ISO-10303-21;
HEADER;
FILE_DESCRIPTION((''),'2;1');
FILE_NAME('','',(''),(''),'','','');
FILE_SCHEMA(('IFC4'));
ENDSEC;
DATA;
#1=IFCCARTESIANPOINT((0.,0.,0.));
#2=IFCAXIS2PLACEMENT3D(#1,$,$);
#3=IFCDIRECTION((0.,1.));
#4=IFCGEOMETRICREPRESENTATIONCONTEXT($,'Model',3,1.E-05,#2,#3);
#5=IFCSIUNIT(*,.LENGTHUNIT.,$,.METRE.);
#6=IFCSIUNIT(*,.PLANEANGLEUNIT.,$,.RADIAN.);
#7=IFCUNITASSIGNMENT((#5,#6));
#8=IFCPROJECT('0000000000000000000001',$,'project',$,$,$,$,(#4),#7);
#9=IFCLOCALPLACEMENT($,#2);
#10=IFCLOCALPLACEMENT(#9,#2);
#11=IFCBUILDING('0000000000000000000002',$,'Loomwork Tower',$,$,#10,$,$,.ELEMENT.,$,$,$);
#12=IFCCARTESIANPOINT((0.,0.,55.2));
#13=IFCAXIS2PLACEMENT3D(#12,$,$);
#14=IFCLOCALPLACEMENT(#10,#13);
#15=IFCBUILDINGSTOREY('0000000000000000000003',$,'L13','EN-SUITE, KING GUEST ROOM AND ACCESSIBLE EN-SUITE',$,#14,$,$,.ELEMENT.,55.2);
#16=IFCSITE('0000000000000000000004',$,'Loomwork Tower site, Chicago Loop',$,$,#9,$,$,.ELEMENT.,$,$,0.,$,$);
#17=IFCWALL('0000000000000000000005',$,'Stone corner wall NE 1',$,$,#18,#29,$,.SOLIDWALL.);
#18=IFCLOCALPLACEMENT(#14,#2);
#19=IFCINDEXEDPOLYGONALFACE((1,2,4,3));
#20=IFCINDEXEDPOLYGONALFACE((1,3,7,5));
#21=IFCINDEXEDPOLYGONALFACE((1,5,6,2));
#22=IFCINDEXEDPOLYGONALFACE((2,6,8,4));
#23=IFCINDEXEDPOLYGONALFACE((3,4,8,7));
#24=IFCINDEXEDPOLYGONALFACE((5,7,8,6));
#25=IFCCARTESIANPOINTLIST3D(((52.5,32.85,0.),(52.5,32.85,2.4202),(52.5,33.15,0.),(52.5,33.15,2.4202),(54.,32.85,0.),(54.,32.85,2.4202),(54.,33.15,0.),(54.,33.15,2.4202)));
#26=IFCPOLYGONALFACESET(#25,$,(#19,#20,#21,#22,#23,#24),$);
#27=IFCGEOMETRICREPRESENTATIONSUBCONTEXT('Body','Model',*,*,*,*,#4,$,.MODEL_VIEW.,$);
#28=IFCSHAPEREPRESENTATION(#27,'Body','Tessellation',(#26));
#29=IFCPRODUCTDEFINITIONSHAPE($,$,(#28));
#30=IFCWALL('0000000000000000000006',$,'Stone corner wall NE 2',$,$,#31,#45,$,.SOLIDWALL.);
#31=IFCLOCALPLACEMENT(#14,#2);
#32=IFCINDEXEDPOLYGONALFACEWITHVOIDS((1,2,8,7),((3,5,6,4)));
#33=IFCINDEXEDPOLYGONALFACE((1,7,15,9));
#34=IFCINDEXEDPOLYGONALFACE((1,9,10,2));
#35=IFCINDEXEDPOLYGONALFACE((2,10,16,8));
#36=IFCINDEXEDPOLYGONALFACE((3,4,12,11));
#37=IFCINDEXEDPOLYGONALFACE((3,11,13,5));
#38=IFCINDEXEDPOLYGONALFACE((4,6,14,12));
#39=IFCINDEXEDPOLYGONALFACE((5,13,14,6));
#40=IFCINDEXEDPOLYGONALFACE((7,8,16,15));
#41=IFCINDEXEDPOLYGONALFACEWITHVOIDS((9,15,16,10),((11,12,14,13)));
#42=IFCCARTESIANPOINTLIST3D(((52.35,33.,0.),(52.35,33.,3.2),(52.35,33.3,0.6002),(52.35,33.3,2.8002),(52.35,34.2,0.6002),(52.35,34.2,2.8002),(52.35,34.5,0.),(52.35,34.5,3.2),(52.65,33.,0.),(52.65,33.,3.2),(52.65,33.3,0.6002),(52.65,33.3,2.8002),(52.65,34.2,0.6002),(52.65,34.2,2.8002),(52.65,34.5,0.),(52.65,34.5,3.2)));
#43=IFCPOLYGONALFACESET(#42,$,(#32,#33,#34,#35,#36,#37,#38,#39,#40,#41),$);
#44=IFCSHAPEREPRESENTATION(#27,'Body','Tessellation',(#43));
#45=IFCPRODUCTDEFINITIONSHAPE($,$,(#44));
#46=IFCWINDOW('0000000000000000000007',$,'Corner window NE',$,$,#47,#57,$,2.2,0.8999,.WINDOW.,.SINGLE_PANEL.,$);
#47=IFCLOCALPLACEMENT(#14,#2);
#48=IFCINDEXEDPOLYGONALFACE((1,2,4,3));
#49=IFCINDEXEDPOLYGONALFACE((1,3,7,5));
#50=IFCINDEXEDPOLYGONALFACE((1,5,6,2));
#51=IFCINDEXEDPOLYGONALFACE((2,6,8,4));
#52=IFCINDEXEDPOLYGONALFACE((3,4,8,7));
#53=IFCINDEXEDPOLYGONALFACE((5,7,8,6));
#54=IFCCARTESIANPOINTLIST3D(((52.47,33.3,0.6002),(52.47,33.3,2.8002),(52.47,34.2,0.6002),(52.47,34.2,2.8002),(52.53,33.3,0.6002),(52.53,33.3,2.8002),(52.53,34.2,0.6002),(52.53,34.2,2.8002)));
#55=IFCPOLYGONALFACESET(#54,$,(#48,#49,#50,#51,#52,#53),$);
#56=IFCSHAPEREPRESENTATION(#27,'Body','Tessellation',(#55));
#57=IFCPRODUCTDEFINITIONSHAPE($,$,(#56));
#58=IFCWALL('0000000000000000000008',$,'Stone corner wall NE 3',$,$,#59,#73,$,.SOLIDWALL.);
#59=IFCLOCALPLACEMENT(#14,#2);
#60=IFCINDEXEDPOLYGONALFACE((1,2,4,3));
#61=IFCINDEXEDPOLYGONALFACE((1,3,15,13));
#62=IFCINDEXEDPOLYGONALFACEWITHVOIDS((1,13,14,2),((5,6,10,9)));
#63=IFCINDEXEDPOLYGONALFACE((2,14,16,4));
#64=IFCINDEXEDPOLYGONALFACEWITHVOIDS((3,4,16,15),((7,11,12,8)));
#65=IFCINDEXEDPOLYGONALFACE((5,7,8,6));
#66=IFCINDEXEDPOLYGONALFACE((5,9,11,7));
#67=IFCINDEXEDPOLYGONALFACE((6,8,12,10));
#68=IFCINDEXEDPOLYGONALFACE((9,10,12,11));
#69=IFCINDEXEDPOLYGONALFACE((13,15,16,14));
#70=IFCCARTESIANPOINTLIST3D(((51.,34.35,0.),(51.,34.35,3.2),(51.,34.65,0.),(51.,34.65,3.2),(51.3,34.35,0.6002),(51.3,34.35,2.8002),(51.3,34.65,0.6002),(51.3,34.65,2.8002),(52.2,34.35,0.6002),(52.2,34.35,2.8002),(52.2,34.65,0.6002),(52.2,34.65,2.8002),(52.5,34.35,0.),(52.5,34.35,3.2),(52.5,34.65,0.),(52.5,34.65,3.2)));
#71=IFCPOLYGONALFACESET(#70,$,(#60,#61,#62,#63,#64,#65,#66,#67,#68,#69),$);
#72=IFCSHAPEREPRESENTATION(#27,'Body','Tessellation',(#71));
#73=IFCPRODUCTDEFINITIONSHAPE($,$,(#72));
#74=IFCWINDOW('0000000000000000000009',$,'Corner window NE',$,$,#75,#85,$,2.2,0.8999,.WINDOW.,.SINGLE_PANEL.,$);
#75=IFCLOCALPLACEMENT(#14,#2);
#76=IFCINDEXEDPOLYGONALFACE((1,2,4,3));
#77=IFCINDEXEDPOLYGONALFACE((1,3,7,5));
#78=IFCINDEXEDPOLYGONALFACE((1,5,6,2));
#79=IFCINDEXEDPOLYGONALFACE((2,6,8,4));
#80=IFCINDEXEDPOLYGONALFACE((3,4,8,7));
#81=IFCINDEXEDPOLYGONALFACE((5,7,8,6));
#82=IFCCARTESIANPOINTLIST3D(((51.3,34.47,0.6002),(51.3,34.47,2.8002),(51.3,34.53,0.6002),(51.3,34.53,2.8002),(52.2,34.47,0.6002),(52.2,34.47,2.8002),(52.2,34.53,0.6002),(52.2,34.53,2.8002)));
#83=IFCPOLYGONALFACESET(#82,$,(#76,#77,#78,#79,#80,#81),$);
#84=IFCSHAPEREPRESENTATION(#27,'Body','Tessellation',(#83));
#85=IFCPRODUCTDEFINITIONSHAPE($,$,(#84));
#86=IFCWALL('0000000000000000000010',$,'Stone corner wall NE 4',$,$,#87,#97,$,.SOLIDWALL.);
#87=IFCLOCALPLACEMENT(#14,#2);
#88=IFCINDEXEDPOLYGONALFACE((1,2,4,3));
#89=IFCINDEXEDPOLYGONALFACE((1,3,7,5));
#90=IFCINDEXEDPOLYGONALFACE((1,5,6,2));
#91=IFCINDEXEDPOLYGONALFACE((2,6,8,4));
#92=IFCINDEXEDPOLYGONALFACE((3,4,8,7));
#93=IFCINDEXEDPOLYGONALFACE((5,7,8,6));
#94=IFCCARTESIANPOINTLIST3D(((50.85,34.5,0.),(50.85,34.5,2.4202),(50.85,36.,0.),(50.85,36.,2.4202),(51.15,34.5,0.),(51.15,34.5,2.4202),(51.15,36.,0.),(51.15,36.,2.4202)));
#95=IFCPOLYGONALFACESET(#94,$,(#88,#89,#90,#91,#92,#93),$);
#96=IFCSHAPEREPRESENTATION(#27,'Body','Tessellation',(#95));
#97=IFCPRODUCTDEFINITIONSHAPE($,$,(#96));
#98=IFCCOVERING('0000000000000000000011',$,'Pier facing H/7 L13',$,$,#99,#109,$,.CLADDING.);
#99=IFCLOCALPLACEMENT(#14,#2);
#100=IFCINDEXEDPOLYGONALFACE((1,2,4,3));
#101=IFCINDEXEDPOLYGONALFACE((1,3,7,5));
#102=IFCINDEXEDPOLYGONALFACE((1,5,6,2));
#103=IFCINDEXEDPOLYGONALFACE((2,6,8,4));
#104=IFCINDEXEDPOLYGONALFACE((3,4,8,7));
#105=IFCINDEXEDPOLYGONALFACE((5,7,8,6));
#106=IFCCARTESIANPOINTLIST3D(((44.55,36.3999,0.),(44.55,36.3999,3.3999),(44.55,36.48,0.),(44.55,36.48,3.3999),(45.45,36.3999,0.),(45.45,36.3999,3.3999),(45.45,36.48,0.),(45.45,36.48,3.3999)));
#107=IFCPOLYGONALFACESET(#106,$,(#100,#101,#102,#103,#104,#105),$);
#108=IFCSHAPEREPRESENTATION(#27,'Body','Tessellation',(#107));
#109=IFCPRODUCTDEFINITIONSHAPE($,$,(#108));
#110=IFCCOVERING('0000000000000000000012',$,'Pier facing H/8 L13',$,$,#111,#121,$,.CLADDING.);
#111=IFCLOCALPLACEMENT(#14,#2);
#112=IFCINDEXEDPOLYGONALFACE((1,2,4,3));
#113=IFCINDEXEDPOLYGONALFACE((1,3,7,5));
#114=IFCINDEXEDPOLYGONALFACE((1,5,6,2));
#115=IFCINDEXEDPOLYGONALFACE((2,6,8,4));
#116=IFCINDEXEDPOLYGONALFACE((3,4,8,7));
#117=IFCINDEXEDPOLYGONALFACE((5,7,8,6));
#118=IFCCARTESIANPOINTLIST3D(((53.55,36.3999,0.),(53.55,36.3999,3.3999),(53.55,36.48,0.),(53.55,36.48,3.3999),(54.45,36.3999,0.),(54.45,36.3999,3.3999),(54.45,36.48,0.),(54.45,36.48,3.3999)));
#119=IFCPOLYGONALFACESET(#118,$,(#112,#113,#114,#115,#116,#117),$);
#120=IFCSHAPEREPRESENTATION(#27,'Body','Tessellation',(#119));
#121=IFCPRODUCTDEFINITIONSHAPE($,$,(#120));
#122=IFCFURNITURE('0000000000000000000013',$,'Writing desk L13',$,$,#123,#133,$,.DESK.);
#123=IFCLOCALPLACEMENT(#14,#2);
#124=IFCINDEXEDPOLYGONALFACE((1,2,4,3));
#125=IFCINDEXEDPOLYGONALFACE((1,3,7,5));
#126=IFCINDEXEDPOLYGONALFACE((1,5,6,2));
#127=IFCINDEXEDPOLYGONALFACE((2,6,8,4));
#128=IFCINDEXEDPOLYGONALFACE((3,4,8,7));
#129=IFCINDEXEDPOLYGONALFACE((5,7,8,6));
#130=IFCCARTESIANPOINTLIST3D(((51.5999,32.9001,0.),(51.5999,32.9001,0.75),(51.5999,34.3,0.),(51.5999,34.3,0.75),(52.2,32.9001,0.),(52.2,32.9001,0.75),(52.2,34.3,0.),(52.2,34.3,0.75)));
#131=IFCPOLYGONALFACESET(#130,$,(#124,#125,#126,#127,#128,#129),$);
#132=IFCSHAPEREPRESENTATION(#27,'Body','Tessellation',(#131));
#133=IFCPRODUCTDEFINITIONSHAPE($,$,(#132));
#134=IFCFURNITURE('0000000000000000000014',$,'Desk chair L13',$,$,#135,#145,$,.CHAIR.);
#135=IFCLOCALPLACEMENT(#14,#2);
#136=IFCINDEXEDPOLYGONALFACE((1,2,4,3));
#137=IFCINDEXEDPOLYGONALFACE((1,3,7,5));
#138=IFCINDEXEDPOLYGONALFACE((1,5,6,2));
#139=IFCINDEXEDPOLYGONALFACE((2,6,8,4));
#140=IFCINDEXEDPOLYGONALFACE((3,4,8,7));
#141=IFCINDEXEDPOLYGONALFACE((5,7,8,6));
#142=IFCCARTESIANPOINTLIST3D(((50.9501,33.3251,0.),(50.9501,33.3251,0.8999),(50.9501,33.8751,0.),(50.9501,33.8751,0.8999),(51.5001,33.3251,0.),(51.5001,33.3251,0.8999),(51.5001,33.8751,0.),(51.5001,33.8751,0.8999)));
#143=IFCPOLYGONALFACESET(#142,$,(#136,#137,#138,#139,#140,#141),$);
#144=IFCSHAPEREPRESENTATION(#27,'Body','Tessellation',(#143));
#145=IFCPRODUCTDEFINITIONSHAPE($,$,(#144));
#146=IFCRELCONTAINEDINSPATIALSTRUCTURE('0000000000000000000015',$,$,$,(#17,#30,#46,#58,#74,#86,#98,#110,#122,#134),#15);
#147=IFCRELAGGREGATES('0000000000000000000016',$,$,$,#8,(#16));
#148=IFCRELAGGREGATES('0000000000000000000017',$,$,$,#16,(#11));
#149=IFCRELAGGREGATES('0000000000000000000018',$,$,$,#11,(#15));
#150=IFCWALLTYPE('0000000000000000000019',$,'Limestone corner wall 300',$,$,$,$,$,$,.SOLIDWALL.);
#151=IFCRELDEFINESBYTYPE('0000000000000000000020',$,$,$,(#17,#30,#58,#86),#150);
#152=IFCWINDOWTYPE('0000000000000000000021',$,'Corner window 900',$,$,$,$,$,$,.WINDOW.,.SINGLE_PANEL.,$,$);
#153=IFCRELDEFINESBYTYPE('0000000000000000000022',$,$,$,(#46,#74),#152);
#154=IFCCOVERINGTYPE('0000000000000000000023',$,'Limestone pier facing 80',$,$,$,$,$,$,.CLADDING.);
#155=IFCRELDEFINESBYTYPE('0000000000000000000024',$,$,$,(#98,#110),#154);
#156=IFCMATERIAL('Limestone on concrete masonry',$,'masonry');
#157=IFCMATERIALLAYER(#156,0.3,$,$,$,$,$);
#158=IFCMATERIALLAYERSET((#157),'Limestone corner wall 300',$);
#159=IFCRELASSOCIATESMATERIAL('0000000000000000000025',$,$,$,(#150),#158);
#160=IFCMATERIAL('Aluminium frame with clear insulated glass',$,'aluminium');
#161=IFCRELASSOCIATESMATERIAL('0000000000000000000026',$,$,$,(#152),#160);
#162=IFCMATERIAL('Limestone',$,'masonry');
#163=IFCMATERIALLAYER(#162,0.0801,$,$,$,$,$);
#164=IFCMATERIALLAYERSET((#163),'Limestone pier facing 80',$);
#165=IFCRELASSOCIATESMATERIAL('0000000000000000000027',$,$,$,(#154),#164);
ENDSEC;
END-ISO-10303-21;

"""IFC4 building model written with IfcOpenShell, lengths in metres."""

from ifc_helpers import new_model, si_unit, direction, frame, frame_2d, origin, origin_2d, place, context, subcontext, project, spatial, rectangle, extrude, material, layer, layer_set, type_object, element, fill, save


model = new_model("IFC4")

# Units and contexts
model_context = context("Model", 3, precision=1e-05, world=origin(), true_north=direction((0.0, 1.0)))
body_context = subcontext(model_context, "Body", "Model", "MODEL_VIEW")
ifc_project = project(units=[si_unit("LENGTHUNIT", "METRE"), si_unit("PLANEANGLEUNIT", "RADIAN")], contexts=[model_context])

# Site, building, storey
site_placement = place(None, origin())
site = spatial("IfcSite", under=ifc_project, at=site_placement, Name="Loomwork Tower site, Chicago Loop", CompositionType="ELEMENT", RefElevation=0.0)
building_placement = place(site_placement, origin())
building = spatial("IfcBuilding", under=site, at=building_placement, Name="Loomwork Tower", CompositionType="ELEMENT")
storey_placement = place(building_placement, frame((0.0, 0.0, 55.2)))
storey = spatial("IfcBuildingStorey", under=building, at=storey_placement, Name="L13", Description="EN-SUITE, KING GUEST ROOM AND ACCESSIBLE EN-SUITE", CompositionType="ELEMENT", Elevation=55.2)

# Wall
ifc_material_1 = material(Name="Limestone on concrete masonry", Category="masonry")
ifc_layer_1 = layer(ifc_material_1, 0.3)
ifc_layer_set_1 = layer_set([ifc_layer_1], Name="Limestone corner wall 300")
wall_type_1 = type_object("IfcWallType", Name="Limestone corner wall 300", PredefinedType="SOLIDWALL", material=ifc_layer_set_1)
wall_1_placement = place(storey_placement, frame((54.0, 33.0, 0.0), z_axis=(0.0, 0.0, 1.0), x_axis=(-1.0, 0.0, 0.0)))
element("IfcWall", 1, at=wall_1_placement, inside=storey, type_object=wall_type_1, Name="Stone corner wall NE 1", PredefinedType="SOLIDWALL", context=body_context, shape_type="SweptSolid", body=[
    extrude(rectangle(XDim=1.5, YDim=0.3, at=frame_2d((0.75, 0.0))), origin(), (0.0, 0.0, 1.0), 2.4202),
])

# Walls, openings, windows
wall_2_placement = place(storey_placement, frame((52.5, 33.0, 0.0), z_axis=(0.0, 0.0, 1.0), x_axis=(0.0, 1.0, 0.0)))
wall_2 = element("IfcWall", 2, at=wall_2_placement, inside=storey, type_object=wall_type_1, Name="Stone corner wall NE 2", PredefinedType="SOLIDWALL", context=body_context, shape_type="SweptSolid", body=[
    extrude(rectangle(XDim=1.5, YDim=0.3, at=frame_2d((0.75, 0.0))), origin(), (0.0, 0.0, 1.0), 3.2),
])
opening_1_placement = place(wall_2_placement, frame((0.3, 0.0, 0.6001)))
opening_1 = element("IfcOpeningElement", 3, at=opening_1_placement, cuts=wall_2, PredefinedType="OPENING", context=body_context, shape_type="SweptSolid", body=[
    extrude(rectangle(XDim=0.8999, YDim=2.2, at=frame_2d((0.45, 1.1001))), frame((0.0, 0.1599, 0.0), z_axis=(0.0, -1.0, 0.0), x_axis=(1.0, 0.0, 0.0)), (0.0, 0.0, 1.0), 0.3201),
])
ifc_material_2 = material(Name="Aluminium frame with clear insulated glass", Category="aluminium")
window_type_1 = type_object("IfcWindowType", Name="Corner window 900", PartitioningType="SINGLE_PANEL", PredefinedType="WINDOW", material=ifc_material_2)
window_1_placement = place(opening_1_placement, origin())
window_1 = element("IfcWindow", 4, at=window_1_placement, inside=storey, type_object=window_type_1, Name="Corner window NE", OverallHeight=2.2, OverallWidth=0.8999, PartitioningType="SINGLE_PANEL", PredefinedType="WINDOW", context=body_context, shape_type="SweptSolid", body=[
    extrude(rectangle(XDim=0.8999, YDim=2.2, at=frame_2d((0.45, 1.1001))), frame((0.0, 0.03, 0.0), z_axis=(0.0, -1.0, 0.0), x_axis=(1.0, 0.0, 0.0)), (0.0, 0.0, 1.0), 0.0601),
])
fill(opening_1, window_1)
wall_3_placement = place(storey_placement, frame((52.5, 34.5, 0.0), z_axis=(0.0, 0.0, 1.0), x_axis=(-1.0, 0.0, 0.0)))
wall_3 = element("IfcWall", 5, at=wall_3_placement, inside=storey, type_object=wall_type_1, Name="Stone corner wall NE 3", PredefinedType="SOLIDWALL", context=body_context, shape_type="SweptSolid", body=[
    extrude(rectangle(XDim=1.5, YDim=0.3, at=frame_2d((0.75, 0.0))), origin(), (0.0, 0.0, 1.0), 3.2),
])
opening_2_placement = place(wall_3_placement, frame((0.3, 0.0, 0.6001)))
opening_2 = element("IfcOpeningElement", 6, at=opening_2_placement, cuts=wall_3, PredefinedType="OPENING", context=body_context, shape_type="SweptSolid", body=[
    extrude(rectangle(XDim=0.8999, YDim=2.2, at=frame_2d((0.45, 1.1001))), frame((0.0, 0.1599, 0.0), z_axis=(0.0, -1.0, 0.0), x_axis=(1.0, 0.0, 0.0)), (0.0, 0.0, 1.0), 0.3201),
])
window_2_placement = place(opening_2_placement, origin())
window_2 = element("IfcWindow", 7, at=window_2_placement, inside=storey, type_object=window_type_1, Name="Corner window NE", OverallHeight=2.2, OverallWidth=0.8999, PartitioningType="SINGLE_PANEL", PredefinedType="WINDOW", context=body_context, shape_type="SweptSolid", body=[
    extrude(rectangle(XDim=0.8999, YDim=2.2, at=frame_2d((0.45, 1.1001))), frame((0.0, 0.03, 0.0), z_axis=(0.0, -1.0, 0.0), x_axis=(1.0, 0.0, 0.0)), (0.0, 0.0, 1.0), 0.0601),
])
fill(opening_2, window_2)

# Wall
wall_4_placement = place(storey_placement, frame((51.0, 34.5, 0.0), z_axis=(0.0, 0.0, 1.0), x_axis=(0.0, 1.0, 0.0)))
element("IfcWall", 8, at=wall_4_placement, inside=storey, type_object=wall_type_1, Name="Stone corner wall NE 4", PredefinedType="SOLIDWALL", context=body_context, shape_type="SweptSolid", body=[
    extrude(rectangle(XDim=1.5, YDim=0.3, at=frame_2d((0.75, 0.0))), origin(), (0.0, 0.0, 1.0), 2.4202),
])

# Coverings
ifc_material_3 = material(Name="Limestone", Category="masonry")
ifc_layer_2 = layer(ifc_material_3, 0.0801)
ifc_layer_set_2 = layer_set([ifc_layer_2], Name="Limestone pier facing 80")
covering_type = type_object("IfcCoveringType", Name="Limestone pier facing 80", PredefinedType="CLADDING", material=ifc_layer_set_2)
for number, where, z_axis, x_axis, name in (
    (9, (45.0, 36.4399, 0.0), (0.0, 0.0, 1.0), (1.0, 0.0, 0.0), "Pier facing H/7 L13"),
    (10, (54.0, 36.4399, 0.0), (0.0, 0.0, 1.0), (1.0, 0.0, 0.0), "Pier facing H/8 L13"),
):
    element("IfcCovering", number, at=place(storey_placement, frame(where, z_axis=z_axis, x_axis=x_axis)), inside=storey, type_object=covering_type, Name=name, PredefinedType="CLADDING", context=body_context, shape_type="SweptSolid", body=[
        extrude(rectangle(XDim=0.8999, YDim=0.0801, at=origin_2d()), origin(), (0.0, 0.0, 1.0), 3.3999),
    ])

# Furniture
furniture_1_placement = place(storey_placement, frame((51.8999, 33.6001, 0.0), z_axis=(0.0, 0.0, 1.0), x_axis=(1.0, 0.0, 0.0)))
element("IfcFurniture", 11, at=furniture_1_placement, inside=storey, Name="Writing desk L13", PredefinedType="DESK", context=body_context, shape_type="SweptSolid", body=[
    extrude(rectangle(XDim=0.6001, YDim=1.3999, at=origin_2d()), origin(), (0.0, 0.0, 1.0), 0.75),
])
furniture_2_placement = place(storey_placement, frame((51.2251, 33.6001, 0.0), z_axis=(0.0, 0.0, 1.0), x_axis=(1.0, 0.0, 0.0)))
element("IfcFurniture", 12, at=furniture_2_placement, inside=storey, Name="Desk chair L13", PredefinedType="CHAIR", context=body_context, shape_type="SweptSolid", body=[
    extrude(rectangle(XDim=0.55, YDim=0.55, at=origin_2d()), origin(), (0.0, 0.0, 1.0), 0.8999),
])

save(model, "model.ifc")
